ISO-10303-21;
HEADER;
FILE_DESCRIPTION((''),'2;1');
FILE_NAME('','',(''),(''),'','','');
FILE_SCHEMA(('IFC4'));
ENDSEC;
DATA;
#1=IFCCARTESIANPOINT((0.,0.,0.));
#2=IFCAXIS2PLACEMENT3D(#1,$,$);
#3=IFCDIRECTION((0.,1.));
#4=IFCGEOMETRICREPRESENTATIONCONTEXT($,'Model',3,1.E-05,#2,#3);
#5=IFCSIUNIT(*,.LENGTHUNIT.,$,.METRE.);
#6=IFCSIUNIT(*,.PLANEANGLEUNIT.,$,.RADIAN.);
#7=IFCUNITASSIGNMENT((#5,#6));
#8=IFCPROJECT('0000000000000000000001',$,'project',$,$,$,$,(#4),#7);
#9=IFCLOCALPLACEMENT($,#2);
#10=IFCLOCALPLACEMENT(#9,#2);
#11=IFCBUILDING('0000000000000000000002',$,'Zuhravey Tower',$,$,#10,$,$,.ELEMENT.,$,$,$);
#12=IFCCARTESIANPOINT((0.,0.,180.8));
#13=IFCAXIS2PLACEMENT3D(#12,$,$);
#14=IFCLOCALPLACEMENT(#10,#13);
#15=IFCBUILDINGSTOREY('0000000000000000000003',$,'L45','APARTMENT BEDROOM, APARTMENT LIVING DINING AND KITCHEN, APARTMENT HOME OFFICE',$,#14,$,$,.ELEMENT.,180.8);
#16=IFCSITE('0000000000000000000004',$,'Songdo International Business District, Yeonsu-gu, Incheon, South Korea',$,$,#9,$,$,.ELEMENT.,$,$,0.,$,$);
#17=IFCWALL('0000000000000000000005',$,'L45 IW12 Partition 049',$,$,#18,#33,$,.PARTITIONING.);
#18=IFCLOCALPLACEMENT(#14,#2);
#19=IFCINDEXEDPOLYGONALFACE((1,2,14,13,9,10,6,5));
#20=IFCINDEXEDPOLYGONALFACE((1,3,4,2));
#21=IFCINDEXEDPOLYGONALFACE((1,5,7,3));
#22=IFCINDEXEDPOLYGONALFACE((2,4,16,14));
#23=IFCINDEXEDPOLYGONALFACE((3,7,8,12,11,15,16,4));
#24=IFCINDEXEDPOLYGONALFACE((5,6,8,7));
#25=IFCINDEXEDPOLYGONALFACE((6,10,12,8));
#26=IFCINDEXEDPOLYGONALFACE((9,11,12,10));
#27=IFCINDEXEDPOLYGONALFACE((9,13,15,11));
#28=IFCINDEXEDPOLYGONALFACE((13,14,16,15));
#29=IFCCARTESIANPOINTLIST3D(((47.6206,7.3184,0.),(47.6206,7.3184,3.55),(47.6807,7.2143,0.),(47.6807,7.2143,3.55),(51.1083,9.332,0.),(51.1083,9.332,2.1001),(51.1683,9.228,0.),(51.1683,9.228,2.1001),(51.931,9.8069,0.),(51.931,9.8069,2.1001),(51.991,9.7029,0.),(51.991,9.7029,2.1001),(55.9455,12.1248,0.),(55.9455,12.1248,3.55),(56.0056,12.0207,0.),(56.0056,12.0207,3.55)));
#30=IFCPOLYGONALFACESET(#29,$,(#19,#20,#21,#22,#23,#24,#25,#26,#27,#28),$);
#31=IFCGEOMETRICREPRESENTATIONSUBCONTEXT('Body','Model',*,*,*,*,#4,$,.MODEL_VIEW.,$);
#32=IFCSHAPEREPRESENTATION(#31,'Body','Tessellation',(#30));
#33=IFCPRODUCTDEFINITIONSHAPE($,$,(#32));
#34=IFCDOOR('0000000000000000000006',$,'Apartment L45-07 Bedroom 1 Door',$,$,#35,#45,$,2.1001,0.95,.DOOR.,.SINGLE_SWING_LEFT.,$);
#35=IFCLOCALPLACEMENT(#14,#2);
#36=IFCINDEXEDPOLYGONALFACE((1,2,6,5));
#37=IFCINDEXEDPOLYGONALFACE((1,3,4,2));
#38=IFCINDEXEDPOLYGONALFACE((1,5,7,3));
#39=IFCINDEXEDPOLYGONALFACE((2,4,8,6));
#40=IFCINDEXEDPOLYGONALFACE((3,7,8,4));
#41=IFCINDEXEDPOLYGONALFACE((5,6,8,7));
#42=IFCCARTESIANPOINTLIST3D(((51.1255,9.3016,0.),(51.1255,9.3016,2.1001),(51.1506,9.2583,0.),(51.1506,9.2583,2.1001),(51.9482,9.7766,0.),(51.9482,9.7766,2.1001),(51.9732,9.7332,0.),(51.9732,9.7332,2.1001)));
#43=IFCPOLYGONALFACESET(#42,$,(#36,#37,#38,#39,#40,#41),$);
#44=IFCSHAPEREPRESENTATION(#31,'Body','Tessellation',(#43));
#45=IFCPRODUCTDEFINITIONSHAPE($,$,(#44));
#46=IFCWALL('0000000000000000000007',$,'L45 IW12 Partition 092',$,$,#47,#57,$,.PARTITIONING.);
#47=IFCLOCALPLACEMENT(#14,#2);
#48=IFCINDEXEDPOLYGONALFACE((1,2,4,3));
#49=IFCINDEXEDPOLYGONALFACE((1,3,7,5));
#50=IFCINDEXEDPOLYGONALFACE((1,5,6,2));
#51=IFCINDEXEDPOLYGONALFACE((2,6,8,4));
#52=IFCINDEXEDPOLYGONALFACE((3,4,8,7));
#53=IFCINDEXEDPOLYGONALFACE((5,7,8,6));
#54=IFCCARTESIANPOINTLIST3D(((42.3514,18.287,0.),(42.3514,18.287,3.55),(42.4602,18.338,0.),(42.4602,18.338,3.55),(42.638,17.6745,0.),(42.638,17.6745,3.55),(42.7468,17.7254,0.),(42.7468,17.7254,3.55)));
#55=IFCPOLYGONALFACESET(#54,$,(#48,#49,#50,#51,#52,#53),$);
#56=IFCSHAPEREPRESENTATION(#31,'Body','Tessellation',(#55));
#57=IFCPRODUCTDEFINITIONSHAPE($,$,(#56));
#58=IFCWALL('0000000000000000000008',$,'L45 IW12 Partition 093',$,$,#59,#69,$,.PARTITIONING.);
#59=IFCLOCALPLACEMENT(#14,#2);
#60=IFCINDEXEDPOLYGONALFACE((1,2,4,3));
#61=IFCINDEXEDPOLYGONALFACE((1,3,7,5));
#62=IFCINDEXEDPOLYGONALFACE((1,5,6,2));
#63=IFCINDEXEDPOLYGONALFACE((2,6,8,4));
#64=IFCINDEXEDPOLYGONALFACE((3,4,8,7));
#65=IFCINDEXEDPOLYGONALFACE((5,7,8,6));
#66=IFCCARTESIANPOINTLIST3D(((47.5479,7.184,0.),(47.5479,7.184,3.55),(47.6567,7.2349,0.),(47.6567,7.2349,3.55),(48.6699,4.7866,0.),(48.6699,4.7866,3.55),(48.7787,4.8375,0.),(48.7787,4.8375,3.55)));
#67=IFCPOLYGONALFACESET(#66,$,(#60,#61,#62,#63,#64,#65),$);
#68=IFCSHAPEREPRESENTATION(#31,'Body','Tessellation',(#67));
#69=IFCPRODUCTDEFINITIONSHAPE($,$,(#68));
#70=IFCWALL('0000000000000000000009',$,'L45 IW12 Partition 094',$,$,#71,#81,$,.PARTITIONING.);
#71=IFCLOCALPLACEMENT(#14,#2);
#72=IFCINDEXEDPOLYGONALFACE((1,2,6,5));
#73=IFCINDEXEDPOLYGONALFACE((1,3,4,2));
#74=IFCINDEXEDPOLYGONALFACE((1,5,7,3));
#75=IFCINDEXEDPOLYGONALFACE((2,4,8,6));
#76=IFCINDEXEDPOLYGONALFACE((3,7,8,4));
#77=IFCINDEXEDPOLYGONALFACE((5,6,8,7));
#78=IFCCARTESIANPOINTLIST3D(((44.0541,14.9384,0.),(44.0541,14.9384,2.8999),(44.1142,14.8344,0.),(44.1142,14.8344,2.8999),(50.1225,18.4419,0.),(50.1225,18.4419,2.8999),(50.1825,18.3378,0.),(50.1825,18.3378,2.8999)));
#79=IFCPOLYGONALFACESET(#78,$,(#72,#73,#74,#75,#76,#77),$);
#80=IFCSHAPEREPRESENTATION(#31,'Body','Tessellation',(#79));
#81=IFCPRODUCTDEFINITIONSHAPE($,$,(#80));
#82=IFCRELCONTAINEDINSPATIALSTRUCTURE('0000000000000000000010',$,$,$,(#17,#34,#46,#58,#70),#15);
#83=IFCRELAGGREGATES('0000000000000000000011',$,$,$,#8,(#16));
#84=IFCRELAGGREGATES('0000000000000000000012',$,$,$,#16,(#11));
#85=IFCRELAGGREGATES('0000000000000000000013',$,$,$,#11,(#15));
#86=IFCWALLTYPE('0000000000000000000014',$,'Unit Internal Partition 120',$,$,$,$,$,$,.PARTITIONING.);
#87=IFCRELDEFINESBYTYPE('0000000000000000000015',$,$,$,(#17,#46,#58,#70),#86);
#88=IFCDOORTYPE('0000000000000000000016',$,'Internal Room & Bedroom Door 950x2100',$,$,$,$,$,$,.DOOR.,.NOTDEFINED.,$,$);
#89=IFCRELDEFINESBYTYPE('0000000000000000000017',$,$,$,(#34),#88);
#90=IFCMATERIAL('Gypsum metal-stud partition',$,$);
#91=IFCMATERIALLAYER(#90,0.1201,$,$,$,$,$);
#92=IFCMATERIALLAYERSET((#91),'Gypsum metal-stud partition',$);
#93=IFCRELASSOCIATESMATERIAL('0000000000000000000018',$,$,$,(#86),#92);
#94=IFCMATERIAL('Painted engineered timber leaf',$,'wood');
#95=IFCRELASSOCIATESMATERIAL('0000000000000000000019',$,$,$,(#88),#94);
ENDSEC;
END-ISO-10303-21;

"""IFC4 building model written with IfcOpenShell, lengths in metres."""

from ifc_helpers import new_model, si_unit, direction, frame, frame_2d, origin, place, context, subcontext, project, spatial, rectangle, extrude, material, layer, layer_set, type_object, element, fill, save


model = new_model("IFC4")

# Units and contexts
model_context = context("Model", 3, precision=1e-05, world=origin(), true_north=direction((0.0, 1.0)))
body_context = subcontext(model_context, "Body", "Model", "MODEL_VIEW")
ifc_project = project(units=[si_unit("LENGTHUNIT", "METRE"), si_unit("PLANEANGLEUNIT", "RADIAN")], contexts=[model_context])

# Site, building, storey
site_placement = place(None, origin())
site = spatial("IfcSite", under=ifc_project, at=site_placement, Name="Songdo International Business District, Yeonsu-gu, Incheon, South Korea", CompositionType="ELEMENT", RefElevation=0.0)
building_placement = place(site_placement, origin())
building = spatial("IfcBuilding", under=site, at=building_placement, Name="Zuhravey Tower", CompositionType="ELEMENT")
storey_placement = place(building_placement, frame((0.0, 0.0, 180.8)))
storey = spatial("IfcBuildingStorey", under=building, at=storey_placement, Name="L45", Description="APARTMENT BEDROOM, APARTMENT LIVING DINING AND KITCHEN, APARTMENT HOME OFFICE", CompositionType="ELEMENT", Elevation=180.8)

# Wall, opening, door
ifc_material_1 = material(Name="Gypsum metal-stud partition")
ifc_layer_1 = layer(ifc_material_1, 0.1201)
ifc_layer_set_1 = layer_set([ifc_layer_1], Name="Gypsum metal-stud partition")
wall_type_1 = type_object("IfcWallType", Name="Unit Internal Partition 120", PredefinedType="PARTITIONING", material=ifc_layer_set_1)
ifc_material_2 = material(Name="Painted engineered timber leaf", Category="wood")
door_type_1 = type_object("IfcDoorType", Name="Internal Room & Bedroom Door 950x2100", OperationType="NOTDEFINED", PredefinedType="DOOR", material=ifc_material_2)
wall_1_placement = place(storey_placement, frame((47.6506, 7.2664, 0.0), z_axis=(0.0, 0.0, 1.0), x_axis=(0.866026, 0.499999, 0.0)))
wall_1 = element("IfcWall", 1, at=wall_1_placement, inside=storey, type_object=wall_type_1, Name="L45 IW12 Partition 049", PredefinedType="PARTITIONING", context=body_context, shape_type="SweptSolid", body=[
    extrude(rectangle(XDim=9.6128, YDim=0.1201, at=frame_2d((4.8064, 0.0))), origin(), (0.0, 0.0, 1.0), 3.55),
])
opening_1_placement = place(wall_1_placement, frame((4.0271, 0.0, 0.0)))
opening_1 = element("IfcOpeningElement", 2, at=opening_1_placement, cuts=wall_1, PredefinedType="OPENING", context=body_context, shape_type="SweptSolid", body=[
    extrude(rectangle(XDim=0.95, YDim=2.1001, at=frame_2d((0.4751, 1.05))), frame((0.0, 0.072, 0.0), z_axis=(0.0, -1.0, 0.0), x_axis=(1.0, 0.0, 0.0)), (0.0, 0.0, 1.0), 0.144),
])
door_1_placement = place(opening_1_placement, frame((0.95, 0.0, 0.0), z_axis=(0.0, 0.0, 1.0), x_axis=(-1.0, 0.0, 0.0)))
door_1 = element("IfcDoor", 3, at=door_1_placement, inside=storey, type_object=door_type_1, Name="Apartment L45-07 Bedroom 1 Door", OperationType="SINGLE_SWING_LEFT", OverallHeight=2.1001, OverallWidth=0.95, PredefinedType="DOOR", context=body_context, shape_type="SweptSolid", body=[
    extrude(rectangle(XDim=0.95, YDim=2.1001, at=frame_2d((0.4751, 1.05))), frame((0.0, 0.0249, 0.0), z_axis=(0.0, -1.0, 0.0), x_axis=(1.0, 0.0, 0.0)), (0.0, 0.0, 1.0), 0.05),
])
fill(opening_1, door_1)

# Walls
wall_2_placement = place(storey_placement, frame((42.4058, 18.3125, 0.0), z_axis=(0.0, 0.0, 1.0), x_axis=(0.423814, -0.905749, 0.0)))
element("IfcWall", 4, at=wall_2_placement, inside=storey, type_object=wall_type_1, Name="L45 IW12 Partition 092", PredefinedType="PARTITIONING", context=body_context, shape_type="SweptSolid", body=[
    extrude(rectangle(XDim=0.6763, YDim=0.1201, at=frame_2d((0.3381, 0.0))), origin(), (0.0, 0.0, 1.0), 3.55),
])
wall_3_placement = place(storey_placement, frame((47.6023, 7.2095, 0.0), z_axis=(0.0, 0.0, 1.0), x_axis=(0.423895, -0.905711, 0.0)))
element("IfcWall", 5, at=wall_3_placement, inside=storey, type_object=wall_type_1, Name="L45 IW12 Partition 093", PredefinedType="PARTITIONING", context=body_context, shape_type="SweptSolid", body=[
    extrude(rectangle(XDim=2.647, YDim=0.1201, at=frame_2d((1.3235, 0.0))), origin(), (0.0, 0.0, 1.0), 3.55),
])
wall_4_placement = place(storey_placement, frame((44.0842, 14.8865, 0.0), z_axis=(0.0, 0.0, 1.0), x_axis=(0.866035, 0.499984, 0.0)))
element("IfcWall", 6, at=wall_4_placement, inside=storey, type_object=wall_type_1, Name="L45 IW12 Partition 094", PredefinedType="PARTITIONING", context=body_context, shape_type="SweptSolid", body=[
    extrude(rectangle(XDim=7.0071, YDim=0.1201, at=frame_2d((3.5034, 0.0))), origin(), (0.0, 0.0, 1.0), 2.8999),
])

save(model, "model.ifc")
